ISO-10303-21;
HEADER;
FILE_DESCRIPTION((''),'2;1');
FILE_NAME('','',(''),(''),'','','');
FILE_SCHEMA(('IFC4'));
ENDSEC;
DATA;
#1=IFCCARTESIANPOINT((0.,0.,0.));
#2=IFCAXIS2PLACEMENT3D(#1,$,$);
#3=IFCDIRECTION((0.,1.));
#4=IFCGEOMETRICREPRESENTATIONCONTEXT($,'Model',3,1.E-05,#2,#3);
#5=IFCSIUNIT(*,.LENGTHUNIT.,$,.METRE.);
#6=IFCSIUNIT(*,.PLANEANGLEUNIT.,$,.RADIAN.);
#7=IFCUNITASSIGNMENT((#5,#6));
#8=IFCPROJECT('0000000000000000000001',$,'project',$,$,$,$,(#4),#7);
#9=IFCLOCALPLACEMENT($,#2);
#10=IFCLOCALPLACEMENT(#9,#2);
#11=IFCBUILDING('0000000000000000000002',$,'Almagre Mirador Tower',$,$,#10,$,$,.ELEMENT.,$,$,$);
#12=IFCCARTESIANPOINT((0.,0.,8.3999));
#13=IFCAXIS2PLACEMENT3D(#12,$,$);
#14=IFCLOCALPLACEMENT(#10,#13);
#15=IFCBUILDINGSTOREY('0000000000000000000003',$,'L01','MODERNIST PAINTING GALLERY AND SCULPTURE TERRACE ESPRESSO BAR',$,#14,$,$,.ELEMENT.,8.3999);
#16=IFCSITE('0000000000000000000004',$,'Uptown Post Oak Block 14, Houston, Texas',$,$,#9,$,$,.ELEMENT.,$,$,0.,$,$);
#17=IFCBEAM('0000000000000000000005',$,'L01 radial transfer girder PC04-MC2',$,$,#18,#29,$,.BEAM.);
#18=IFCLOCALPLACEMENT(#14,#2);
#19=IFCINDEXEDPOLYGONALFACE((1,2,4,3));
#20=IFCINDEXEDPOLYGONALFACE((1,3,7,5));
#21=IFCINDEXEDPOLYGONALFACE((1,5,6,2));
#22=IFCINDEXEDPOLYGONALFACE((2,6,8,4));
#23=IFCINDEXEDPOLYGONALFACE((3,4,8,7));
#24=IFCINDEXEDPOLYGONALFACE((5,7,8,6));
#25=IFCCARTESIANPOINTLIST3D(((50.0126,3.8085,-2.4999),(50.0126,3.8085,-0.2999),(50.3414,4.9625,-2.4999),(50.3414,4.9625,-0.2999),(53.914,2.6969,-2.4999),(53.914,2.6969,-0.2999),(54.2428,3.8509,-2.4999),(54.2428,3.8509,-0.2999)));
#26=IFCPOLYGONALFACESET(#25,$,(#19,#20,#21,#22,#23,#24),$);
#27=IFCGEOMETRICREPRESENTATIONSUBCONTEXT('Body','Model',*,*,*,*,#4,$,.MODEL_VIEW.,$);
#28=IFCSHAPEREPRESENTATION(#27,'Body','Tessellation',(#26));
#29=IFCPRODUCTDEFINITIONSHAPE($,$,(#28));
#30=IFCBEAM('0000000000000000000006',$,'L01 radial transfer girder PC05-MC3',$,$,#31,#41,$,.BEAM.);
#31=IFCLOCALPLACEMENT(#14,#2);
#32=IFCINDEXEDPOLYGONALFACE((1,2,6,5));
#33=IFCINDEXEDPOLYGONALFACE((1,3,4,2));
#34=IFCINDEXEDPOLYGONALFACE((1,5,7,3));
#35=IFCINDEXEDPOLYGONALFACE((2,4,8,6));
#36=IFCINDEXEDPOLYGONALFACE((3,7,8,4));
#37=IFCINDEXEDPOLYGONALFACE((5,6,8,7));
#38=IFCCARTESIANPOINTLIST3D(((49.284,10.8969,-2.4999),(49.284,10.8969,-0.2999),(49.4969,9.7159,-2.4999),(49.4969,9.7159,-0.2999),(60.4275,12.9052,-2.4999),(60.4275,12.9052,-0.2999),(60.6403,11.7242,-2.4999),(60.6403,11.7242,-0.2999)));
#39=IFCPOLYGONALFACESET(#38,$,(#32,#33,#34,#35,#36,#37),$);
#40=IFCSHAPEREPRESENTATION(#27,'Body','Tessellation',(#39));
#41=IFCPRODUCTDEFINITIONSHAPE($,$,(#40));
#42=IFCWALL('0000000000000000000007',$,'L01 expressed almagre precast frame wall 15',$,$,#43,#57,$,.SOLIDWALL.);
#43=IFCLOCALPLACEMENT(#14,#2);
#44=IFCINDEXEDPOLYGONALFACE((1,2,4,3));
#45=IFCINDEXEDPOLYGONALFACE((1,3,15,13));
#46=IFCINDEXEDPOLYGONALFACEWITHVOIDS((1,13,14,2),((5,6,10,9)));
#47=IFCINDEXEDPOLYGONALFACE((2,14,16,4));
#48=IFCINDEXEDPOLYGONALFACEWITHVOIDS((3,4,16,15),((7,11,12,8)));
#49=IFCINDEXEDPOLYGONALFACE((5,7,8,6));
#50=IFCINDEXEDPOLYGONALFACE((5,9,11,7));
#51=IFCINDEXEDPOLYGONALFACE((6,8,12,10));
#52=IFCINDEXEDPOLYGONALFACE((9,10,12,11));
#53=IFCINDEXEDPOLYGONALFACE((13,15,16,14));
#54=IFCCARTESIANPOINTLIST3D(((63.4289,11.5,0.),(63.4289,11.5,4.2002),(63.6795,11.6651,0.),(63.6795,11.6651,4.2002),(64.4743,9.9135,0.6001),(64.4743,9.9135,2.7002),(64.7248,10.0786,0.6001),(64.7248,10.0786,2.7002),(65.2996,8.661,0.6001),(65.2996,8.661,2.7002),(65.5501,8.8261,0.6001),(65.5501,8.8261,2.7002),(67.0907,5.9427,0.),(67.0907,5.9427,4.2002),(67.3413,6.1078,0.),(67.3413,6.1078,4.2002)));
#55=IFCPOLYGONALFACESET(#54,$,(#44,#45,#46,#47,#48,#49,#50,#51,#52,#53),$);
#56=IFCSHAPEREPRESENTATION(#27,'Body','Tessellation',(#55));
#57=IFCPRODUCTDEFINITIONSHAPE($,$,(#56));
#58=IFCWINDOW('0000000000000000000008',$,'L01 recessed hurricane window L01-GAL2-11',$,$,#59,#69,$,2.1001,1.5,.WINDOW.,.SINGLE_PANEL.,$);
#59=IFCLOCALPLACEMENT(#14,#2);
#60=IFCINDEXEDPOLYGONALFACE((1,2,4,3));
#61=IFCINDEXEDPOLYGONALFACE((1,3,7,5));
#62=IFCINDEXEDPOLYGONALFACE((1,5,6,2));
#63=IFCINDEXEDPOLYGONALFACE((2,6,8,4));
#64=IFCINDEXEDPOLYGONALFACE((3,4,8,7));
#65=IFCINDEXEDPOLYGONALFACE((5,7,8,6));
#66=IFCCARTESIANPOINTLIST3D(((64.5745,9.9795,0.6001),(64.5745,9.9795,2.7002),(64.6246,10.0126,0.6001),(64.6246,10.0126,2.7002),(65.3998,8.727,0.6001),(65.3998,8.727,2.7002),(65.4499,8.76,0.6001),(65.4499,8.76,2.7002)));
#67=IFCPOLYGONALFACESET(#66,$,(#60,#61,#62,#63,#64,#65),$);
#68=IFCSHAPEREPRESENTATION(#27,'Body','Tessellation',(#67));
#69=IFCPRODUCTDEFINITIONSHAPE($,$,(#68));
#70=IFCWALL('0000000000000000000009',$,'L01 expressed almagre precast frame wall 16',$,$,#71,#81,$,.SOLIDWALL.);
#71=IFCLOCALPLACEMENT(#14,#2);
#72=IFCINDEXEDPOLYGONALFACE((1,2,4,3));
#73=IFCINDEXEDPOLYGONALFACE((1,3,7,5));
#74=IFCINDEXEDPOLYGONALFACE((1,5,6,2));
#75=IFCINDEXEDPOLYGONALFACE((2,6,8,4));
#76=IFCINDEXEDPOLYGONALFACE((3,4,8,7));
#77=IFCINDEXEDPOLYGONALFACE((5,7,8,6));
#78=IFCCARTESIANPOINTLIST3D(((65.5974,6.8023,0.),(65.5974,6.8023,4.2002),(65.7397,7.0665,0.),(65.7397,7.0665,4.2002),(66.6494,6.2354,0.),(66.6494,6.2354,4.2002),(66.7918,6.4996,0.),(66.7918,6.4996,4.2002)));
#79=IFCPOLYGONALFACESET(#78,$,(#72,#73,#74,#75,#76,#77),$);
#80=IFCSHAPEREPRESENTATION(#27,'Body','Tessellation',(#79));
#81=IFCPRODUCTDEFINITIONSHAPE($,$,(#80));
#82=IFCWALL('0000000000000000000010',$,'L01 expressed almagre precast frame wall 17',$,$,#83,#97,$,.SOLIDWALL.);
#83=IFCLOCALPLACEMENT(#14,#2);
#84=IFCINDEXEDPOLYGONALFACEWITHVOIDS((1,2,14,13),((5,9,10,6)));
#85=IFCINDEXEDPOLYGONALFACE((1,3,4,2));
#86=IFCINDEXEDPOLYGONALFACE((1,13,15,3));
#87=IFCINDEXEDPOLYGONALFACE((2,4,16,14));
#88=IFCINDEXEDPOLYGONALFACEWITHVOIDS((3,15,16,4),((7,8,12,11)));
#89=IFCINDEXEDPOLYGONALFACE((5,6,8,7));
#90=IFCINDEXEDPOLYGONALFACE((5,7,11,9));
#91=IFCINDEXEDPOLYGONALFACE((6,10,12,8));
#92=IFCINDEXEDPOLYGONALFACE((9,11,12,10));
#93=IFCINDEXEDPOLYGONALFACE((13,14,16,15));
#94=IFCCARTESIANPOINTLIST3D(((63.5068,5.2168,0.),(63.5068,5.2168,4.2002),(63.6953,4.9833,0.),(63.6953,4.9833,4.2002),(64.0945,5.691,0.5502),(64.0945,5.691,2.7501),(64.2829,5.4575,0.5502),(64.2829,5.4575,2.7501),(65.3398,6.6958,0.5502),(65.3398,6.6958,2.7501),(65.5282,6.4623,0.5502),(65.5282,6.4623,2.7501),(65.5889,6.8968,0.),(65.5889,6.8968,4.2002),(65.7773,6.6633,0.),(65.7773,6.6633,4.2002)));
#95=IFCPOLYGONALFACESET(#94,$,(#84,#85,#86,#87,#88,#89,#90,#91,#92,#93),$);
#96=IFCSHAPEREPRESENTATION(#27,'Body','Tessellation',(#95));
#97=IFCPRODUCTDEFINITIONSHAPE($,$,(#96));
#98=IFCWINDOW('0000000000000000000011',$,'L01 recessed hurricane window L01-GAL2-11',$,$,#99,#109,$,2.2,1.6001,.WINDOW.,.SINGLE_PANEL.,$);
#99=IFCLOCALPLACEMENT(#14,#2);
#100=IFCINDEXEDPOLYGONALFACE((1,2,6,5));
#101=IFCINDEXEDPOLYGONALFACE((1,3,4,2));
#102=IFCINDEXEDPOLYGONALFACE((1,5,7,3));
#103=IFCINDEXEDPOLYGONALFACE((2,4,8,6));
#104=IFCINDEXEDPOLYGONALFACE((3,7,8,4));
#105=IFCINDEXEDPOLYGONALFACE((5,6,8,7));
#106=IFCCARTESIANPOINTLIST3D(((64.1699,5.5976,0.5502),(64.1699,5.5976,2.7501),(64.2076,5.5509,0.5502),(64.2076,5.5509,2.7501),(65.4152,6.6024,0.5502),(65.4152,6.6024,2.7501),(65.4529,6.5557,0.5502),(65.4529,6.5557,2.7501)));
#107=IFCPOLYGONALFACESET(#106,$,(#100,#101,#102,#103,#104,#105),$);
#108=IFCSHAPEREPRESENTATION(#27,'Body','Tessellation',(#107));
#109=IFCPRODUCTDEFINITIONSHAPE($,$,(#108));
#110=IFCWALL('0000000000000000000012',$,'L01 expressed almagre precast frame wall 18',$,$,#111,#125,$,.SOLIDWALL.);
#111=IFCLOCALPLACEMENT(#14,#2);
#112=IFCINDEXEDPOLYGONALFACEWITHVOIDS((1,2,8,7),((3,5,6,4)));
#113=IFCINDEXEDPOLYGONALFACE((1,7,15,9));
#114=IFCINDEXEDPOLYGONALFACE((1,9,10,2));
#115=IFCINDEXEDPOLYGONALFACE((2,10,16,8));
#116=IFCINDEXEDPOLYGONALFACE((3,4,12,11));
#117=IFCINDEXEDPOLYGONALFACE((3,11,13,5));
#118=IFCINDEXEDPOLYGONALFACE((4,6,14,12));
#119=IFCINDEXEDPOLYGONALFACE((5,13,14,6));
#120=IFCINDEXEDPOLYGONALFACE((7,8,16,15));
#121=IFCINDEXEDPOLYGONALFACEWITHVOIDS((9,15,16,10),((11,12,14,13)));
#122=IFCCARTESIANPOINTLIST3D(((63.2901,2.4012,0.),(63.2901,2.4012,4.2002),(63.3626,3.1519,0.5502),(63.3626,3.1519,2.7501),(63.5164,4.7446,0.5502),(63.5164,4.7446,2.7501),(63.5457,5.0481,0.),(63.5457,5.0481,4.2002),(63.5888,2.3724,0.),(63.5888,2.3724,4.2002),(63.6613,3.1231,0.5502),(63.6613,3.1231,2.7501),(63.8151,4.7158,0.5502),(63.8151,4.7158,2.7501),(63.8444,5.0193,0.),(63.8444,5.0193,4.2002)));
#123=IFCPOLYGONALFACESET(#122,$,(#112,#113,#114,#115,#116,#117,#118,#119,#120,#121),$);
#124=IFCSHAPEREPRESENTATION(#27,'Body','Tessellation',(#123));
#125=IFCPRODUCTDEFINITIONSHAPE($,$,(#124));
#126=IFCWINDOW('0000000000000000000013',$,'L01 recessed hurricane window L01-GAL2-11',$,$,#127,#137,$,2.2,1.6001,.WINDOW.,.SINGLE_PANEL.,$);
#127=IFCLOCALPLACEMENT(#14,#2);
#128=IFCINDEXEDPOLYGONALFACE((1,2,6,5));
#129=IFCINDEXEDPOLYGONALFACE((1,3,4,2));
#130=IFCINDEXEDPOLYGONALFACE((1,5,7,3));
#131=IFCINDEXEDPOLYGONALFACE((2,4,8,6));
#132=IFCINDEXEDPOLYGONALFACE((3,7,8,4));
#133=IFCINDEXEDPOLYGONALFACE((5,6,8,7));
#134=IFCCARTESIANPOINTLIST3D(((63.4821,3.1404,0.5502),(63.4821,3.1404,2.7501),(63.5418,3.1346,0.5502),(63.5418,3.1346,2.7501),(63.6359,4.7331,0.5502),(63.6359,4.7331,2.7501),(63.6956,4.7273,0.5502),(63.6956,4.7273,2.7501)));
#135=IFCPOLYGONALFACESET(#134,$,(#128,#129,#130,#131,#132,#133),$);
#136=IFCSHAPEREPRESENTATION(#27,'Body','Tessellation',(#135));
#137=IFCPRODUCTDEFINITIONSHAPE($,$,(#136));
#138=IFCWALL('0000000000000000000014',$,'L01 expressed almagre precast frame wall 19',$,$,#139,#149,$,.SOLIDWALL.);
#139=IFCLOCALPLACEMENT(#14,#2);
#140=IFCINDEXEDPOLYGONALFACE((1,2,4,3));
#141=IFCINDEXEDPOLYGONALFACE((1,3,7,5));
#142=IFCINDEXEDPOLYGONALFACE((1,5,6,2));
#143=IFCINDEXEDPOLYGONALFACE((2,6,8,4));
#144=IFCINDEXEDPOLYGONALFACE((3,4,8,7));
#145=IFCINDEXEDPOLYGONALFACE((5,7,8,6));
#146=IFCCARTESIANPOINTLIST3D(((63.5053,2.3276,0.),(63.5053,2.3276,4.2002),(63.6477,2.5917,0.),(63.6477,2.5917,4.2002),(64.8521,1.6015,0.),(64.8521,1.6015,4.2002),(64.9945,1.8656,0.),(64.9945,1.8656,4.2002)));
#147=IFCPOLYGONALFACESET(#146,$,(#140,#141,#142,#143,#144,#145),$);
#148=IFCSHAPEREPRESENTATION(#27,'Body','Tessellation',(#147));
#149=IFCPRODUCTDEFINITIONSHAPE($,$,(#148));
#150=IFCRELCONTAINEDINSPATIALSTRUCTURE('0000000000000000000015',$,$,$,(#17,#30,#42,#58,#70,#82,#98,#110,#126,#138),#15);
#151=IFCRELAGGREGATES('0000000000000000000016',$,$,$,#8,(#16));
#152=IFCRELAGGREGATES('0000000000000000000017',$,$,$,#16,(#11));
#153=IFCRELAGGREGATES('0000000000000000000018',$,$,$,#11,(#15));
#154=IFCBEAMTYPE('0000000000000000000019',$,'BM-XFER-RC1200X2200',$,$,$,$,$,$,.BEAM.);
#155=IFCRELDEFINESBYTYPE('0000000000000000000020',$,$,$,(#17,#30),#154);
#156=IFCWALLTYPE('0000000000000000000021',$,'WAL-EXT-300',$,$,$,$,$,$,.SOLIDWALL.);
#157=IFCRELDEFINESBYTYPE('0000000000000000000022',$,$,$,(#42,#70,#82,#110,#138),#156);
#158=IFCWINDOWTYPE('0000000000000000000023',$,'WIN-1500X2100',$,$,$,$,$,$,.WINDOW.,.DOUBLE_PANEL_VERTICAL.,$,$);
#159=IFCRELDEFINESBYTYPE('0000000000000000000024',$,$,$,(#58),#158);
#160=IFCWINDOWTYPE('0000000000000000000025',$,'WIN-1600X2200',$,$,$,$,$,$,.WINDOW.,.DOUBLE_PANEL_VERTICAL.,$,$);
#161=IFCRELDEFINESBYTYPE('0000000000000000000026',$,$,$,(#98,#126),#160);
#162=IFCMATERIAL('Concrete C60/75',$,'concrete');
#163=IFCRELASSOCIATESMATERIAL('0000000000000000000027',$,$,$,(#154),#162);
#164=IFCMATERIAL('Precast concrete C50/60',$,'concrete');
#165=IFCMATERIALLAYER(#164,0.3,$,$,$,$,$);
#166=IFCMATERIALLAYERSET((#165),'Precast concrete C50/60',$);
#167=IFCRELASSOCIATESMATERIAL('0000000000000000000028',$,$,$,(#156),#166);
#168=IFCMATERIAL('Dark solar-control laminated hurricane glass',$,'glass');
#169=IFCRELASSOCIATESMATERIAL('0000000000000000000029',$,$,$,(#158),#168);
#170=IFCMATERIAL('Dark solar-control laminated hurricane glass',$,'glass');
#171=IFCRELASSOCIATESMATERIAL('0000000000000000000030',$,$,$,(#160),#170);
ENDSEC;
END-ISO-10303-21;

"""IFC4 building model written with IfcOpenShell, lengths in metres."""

from ifc_helpers import new_model, si_unit, direction, frame, frame_2d, origin, origin_2d, place, context, subcontext, project, spatial, rectangle, extrude, material, layer, layer_set, material_profile, profile_set, type_object, element, fill, save


model = new_model("IFC4")

# Units and contexts
model_context = context("Model", 3, precision=1e-05, world=origin(), true_north=direction((0.0, 1.0)))
body_context = subcontext(model_context, "Body", "Model", "MODEL_VIEW")
ifc_project = project(units=[si_unit("LENGTHUNIT", "METRE"), si_unit("PLANEANGLEUNIT", "RADIAN")], contexts=[model_context])

# Site, building, storey
site_placement = place(None, origin())
site = spatial("IfcSite", under=ifc_project, at=site_placement, Name="Uptown Post Oak Block 14, Houston, Texas", CompositionType="ELEMENT", RefElevation=0.0)
building_placement = place(site_placement, origin())
building = spatial("IfcBuilding", under=site, at=building_placement, Name="Almagre Mirador Tower", CompositionType="ELEMENT")
storey_placement = place(building_placement, frame((0.0, 0.0, 8.3999)))
storey = spatial("IfcBuildingStorey", under=building, at=storey_placement, Name="L01", Description="MODERNIST PAINTING GALLERY AND SCULPTURE TERRACE ESPRESSO BAR", CompositionType="ELEMENT", Elevation=8.3999)

# Beams
ifc_material_1 = material(Name="Concrete C60/75", Category="concrete")
ifc_material_profile_1 = material_profile(ifc_material_1, rectangle(XDim=1.2, YDim=2.2, at=origin_2d()), Name="RC1200X2200")
ifc_profile_set_1 = profile_set([ifc_material_profile_1], Name="Concrete C60/75")
beam_type_1 = type_object("IfcBeamType", Name="BM-XFER-RC1200X2200", PredefinedType="BEAM", material=ifc_profile_set_1)
beam_1_placement = place(storey_placement, frame((54.0784, 3.2739, -1.3999), z_axis=(-0.961726, 0.274014, 0.0), x_axis=(-0.274014, -0.961726, 0.0)))
element("IfcBeam", 1, at=beam_1_placement, inside=storey, type_object=beam_type_1, Name="L01 radial transfer girder PC04-MC2", PredefinedType="BEAM", context=body_context, shape_type="SweptSolid", body=[
    extrude(rectangle(XDim=1.2, YDim=2.2, at=origin_2d()), origin(), (0.0, 0.0, 1.0), 4.0566),
])
beam_2_placement = place(storey_placement, frame((60.5339, 12.3147, -1.3999), z_axis=(-0.984145, -0.177364, 0.0), x_axis=(0.177364, -0.984145, 0.0)))
element("IfcBeam", 2, at=beam_2_placement, inside=storey, type_object=beam_type_1, Name="L01 radial transfer girder PC05-MC3", PredefinedType="BEAM", context=body_context, shape_type="SweptSolid", body=[
    extrude(rectangle(XDim=1.2, YDim=2.2, at=origin_2d()), origin(), (0.0, 0.0, 1.0), 11.323),
])

# Wall, opening, window
ifc_material_2 = material(Name="Precast concrete C50/60", Category="concrete")
ifc_layer_1 = layer(ifc_material_2, 0.3)
ifc_layer_set_1 = layer_set([ifc_layer_1], Name="Precast concrete C50/60")
wall_type_1 = type_object("IfcWallType", Name="WAL-EXT-300", PredefinedType="SOLIDWALL", material=ifc_layer_set_1)
wall_1_placement = place(storey_placement, frame((63.5542, 11.5825, 0.0), z_axis=(0.0, 0.0, 1.0), x_axis=(0.550214, -0.835024, 0.0)))
wall_1 = element("IfcWall", 3, at=wall_1_placement, inside=storey, type_object=wall_type_1, Name="L01 expressed almagre precast frame wall 15", PredefinedType="SOLIDWALL", context=body_context, shape_type="SweptSolid", body=[
    extrude(rectangle(XDim=6.6553, YDim=0.3, at=frame_2d((3.3276, 0.0))), origin(), (0.0, 0.0, 1.0), 4.2002),
])
opening_1_placement = place(wall_1_placement, frame((1.8999, 0.0, 0.6001)))
opening_1 = element("IfcOpeningElement", 4, at=opening_1_placement, cuts=wall_1, PredefinedType="OPENING", context=body_context, shape_type="SweptSolid", body=[
    extrude(rectangle(XDim=1.5, YDim=2.1001, at=frame_2d((0.75, 1.05))), frame((0.0, 0.1599, 0.0), z_axis=(0.0, -1.0, 0.0), x_axis=(1.0, 0.0, 0.0)), (0.0, 0.0, 1.0), 0.32),
])
ifc_material_3 = material(Name="Dark solar-control laminated hurricane glass", Category="glass")
window_type_1 = type_object("IfcWindowType", Name="WIN-1500X2100", PartitioningType="DOUBLE_PANEL_VERTICAL", PredefinedType="WINDOW", material=ifc_material_3)
window_1_placement = place(opening_1_placement, origin())
window_1 = element("IfcWindow", 5, at=window_1_placement, inside=storey, type_object=window_type_1, Name="L01 recessed hurricane window L01-GAL2-11", OverallHeight=2.1001, OverallWidth=1.5, PartitioningType="SINGLE_PANEL", PredefinedType="WINDOW", context=body_context, shape_type="SweptSolid", body=[
    extrude(rectangle(XDim=1.5, YDim=2.1001, at=frame_2d((0.75, 1.05))), frame((0.0, 0.03, 0.0), z_axis=(0.0, -1.0, 0.0), x_axis=(1.0, 0.0, 0.0)), (0.0, 0.0, 1.0), 0.0601),
])
fill(opening_1, window_1)

# Wall
wall_2_placement = place(storey_placement, frame((66.7207, 6.3674, 0.0), z_axis=(0.0, 0.0, 1.0), x_axis=(-0.88032, 0.47438, 0.0)))
element("IfcWall", 6, at=wall_2_placement, inside=storey, type_object=wall_type_1, Name="L01 expressed almagre precast frame wall 16", PredefinedType="SOLIDWALL", context=body_context, shape_type="SweptSolid", body=[
    extrude(rectangle(XDim=1.1951, YDim=0.3, at=frame_2d((0.5977, 0.0))), origin(), (0.0, 0.0, 1.0), 4.2002),
])

# Walls, openings, windows
wall_3_placement = place(storey_placement, frame((65.6831, 6.78, 0.0), z_axis=(0.0, 0.0, 1.0), x_axis=(-0.778253, -0.62795, 0.0)))
wall_3 = element("IfcWall", 7, at=wall_3_placement, inside=storey, type_object=wall_type_1, Name="L01 expressed almagre precast frame wall 17", PredefinedType="SOLIDWALL", context=body_context, shape_type="SweptSolid", body=[
    extrude(rectangle(XDim=2.6753, YDim=0.3, at=frame_2d((1.3376, 0.0))), origin(), (0.0, 0.0, 1.0), 4.2002),
])
opening_2_placement = place(wall_3_placement, frame((0.3201, 0.0, 0.55)))
opening_2 = element("IfcOpeningElement", 8, at=opening_2_placement, cuts=wall_3, PredefinedType="OPENING", context=body_context, shape_type="SweptSolid", body=[
    extrude(rectangle(XDim=1.6001, YDim=2.2, at=frame_2d((0.8, 1.1001))), frame((0.0, 0.1599, 0.0), z_axis=(0.0, -1.0, 0.0), x_axis=(1.0, 0.0, 0.0)), (0.0, 0.0, 1.0), 0.32),
])
ifc_material_4 = material(Name="Dark solar-control laminated hurricane glass", Category="glass")
window_type_2 = type_object("IfcWindowType", Name="WIN-1600X2200", PartitioningType="DOUBLE_PANEL_VERTICAL", PredefinedType="WINDOW", material=ifc_material_4)
window_2_placement = place(opening_2_placement, origin())
window_2 = element("IfcWindow", 9, at=window_2_placement, inside=storey, type_object=window_type_2, Name="L01 recessed hurricane window L01-GAL2-11", OverallHeight=2.2, OverallWidth=1.6001, PartitioningType="SINGLE_PANEL", PredefinedType="WINDOW", context=body_context, shape_type="SweptSolid", body=[
    extrude(rectangle(XDim=1.6001, YDim=2.2, at=frame_2d((0.8, 1.1001))), frame((0.0, 0.03, 0.0), z_axis=(0.0, -1.0, 0.0), x_axis=(1.0, 0.0, 0.0)), (0.0, 0.0, 1.0), 0.0601),
])
fill(opening_2, window_2)
wall_4_placement = place(storey_placement, frame((63.6951, 5.0337, 0.0), z_axis=(0.0, 0.0, 1.0), x_axis=(-0.096122, -0.99537, 0.0)))
wall_4 = element("IfcWall", 10, at=wall_4_placement, inside=storey, type_object=wall_type_1, Name="L01 expressed almagre precast frame wall 18", PredefinedType="SOLIDWALL", context=body_context, shape_type="SweptSolid", body=[
    extrude(rectangle(XDim=2.6592, YDim=0.3, at=frame_2d((1.3296, 0.0))), origin(), (0.0, 0.0, 1.0), 4.2002),
])
opening_3_placement = place(wall_4_placement, frame((0.3049, 0.0, 0.55)))
opening_3 = element("IfcOpeningElement", 11, at=opening_3_placement, cuts=wall_4, PredefinedType="OPENING", context=body_context, shape_type="SweptSolid", body=[
    extrude(rectangle(XDim=1.6001, YDim=2.2, at=frame_2d((0.8, 1.1001))), frame((0.0, 0.1599, 0.0), z_axis=(0.0, -1.0, 0.0), x_axis=(1.0, 0.0, 0.0)), (0.0, 0.0, 1.0), 0.32),
])
window_3_placement = place(opening_3_placement, origin())
window_3 = element("IfcWindow", 12, at=window_3_placement, inside=storey, type_object=window_type_2, Name="L01 recessed hurricane window L01-GAL2-11", OverallHeight=2.2, OverallWidth=1.6001, PartitioningType="SINGLE_PANEL", PredefinedType="WINDOW", context=body_context, shape_type="SweptSolid", body=[
    extrude(rectangle(XDim=1.6001, YDim=2.2, at=frame_2d((0.8, 1.1001))), frame((0.0, 0.03, 0.0), z_axis=(0.0, -1.0, 0.0), x_axis=(1.0, 0.0, 0.0)), (0.0, 0.0, 1.0), 0.0601),
])
fill(opening_3, window_3)

# Wall
wall_5_placement = place(storey_placement, frame((63.5764, 2.4597, 0.0), z_axis=(0.0, 0.0, 1.0), x_axis=(0.880215, -0.474576, 0.0)))
element("IfcWall", 13, at=wall_5_placement, inside=storey, type_object=wall_type_1, Name="L01 expressed almagre precast frame wall 19", PredefinedType="SOLIDWALL", context=body_context, shape_type="SweptSolid", body=[
    extrude(rectangle(XDim=1.53, YDim=0.3, at=frame_2d((0.7651, 0.0))), origin(), (0.0, 0.0, 1.0), 4.2002),
])

save(model, "model.ifc")
